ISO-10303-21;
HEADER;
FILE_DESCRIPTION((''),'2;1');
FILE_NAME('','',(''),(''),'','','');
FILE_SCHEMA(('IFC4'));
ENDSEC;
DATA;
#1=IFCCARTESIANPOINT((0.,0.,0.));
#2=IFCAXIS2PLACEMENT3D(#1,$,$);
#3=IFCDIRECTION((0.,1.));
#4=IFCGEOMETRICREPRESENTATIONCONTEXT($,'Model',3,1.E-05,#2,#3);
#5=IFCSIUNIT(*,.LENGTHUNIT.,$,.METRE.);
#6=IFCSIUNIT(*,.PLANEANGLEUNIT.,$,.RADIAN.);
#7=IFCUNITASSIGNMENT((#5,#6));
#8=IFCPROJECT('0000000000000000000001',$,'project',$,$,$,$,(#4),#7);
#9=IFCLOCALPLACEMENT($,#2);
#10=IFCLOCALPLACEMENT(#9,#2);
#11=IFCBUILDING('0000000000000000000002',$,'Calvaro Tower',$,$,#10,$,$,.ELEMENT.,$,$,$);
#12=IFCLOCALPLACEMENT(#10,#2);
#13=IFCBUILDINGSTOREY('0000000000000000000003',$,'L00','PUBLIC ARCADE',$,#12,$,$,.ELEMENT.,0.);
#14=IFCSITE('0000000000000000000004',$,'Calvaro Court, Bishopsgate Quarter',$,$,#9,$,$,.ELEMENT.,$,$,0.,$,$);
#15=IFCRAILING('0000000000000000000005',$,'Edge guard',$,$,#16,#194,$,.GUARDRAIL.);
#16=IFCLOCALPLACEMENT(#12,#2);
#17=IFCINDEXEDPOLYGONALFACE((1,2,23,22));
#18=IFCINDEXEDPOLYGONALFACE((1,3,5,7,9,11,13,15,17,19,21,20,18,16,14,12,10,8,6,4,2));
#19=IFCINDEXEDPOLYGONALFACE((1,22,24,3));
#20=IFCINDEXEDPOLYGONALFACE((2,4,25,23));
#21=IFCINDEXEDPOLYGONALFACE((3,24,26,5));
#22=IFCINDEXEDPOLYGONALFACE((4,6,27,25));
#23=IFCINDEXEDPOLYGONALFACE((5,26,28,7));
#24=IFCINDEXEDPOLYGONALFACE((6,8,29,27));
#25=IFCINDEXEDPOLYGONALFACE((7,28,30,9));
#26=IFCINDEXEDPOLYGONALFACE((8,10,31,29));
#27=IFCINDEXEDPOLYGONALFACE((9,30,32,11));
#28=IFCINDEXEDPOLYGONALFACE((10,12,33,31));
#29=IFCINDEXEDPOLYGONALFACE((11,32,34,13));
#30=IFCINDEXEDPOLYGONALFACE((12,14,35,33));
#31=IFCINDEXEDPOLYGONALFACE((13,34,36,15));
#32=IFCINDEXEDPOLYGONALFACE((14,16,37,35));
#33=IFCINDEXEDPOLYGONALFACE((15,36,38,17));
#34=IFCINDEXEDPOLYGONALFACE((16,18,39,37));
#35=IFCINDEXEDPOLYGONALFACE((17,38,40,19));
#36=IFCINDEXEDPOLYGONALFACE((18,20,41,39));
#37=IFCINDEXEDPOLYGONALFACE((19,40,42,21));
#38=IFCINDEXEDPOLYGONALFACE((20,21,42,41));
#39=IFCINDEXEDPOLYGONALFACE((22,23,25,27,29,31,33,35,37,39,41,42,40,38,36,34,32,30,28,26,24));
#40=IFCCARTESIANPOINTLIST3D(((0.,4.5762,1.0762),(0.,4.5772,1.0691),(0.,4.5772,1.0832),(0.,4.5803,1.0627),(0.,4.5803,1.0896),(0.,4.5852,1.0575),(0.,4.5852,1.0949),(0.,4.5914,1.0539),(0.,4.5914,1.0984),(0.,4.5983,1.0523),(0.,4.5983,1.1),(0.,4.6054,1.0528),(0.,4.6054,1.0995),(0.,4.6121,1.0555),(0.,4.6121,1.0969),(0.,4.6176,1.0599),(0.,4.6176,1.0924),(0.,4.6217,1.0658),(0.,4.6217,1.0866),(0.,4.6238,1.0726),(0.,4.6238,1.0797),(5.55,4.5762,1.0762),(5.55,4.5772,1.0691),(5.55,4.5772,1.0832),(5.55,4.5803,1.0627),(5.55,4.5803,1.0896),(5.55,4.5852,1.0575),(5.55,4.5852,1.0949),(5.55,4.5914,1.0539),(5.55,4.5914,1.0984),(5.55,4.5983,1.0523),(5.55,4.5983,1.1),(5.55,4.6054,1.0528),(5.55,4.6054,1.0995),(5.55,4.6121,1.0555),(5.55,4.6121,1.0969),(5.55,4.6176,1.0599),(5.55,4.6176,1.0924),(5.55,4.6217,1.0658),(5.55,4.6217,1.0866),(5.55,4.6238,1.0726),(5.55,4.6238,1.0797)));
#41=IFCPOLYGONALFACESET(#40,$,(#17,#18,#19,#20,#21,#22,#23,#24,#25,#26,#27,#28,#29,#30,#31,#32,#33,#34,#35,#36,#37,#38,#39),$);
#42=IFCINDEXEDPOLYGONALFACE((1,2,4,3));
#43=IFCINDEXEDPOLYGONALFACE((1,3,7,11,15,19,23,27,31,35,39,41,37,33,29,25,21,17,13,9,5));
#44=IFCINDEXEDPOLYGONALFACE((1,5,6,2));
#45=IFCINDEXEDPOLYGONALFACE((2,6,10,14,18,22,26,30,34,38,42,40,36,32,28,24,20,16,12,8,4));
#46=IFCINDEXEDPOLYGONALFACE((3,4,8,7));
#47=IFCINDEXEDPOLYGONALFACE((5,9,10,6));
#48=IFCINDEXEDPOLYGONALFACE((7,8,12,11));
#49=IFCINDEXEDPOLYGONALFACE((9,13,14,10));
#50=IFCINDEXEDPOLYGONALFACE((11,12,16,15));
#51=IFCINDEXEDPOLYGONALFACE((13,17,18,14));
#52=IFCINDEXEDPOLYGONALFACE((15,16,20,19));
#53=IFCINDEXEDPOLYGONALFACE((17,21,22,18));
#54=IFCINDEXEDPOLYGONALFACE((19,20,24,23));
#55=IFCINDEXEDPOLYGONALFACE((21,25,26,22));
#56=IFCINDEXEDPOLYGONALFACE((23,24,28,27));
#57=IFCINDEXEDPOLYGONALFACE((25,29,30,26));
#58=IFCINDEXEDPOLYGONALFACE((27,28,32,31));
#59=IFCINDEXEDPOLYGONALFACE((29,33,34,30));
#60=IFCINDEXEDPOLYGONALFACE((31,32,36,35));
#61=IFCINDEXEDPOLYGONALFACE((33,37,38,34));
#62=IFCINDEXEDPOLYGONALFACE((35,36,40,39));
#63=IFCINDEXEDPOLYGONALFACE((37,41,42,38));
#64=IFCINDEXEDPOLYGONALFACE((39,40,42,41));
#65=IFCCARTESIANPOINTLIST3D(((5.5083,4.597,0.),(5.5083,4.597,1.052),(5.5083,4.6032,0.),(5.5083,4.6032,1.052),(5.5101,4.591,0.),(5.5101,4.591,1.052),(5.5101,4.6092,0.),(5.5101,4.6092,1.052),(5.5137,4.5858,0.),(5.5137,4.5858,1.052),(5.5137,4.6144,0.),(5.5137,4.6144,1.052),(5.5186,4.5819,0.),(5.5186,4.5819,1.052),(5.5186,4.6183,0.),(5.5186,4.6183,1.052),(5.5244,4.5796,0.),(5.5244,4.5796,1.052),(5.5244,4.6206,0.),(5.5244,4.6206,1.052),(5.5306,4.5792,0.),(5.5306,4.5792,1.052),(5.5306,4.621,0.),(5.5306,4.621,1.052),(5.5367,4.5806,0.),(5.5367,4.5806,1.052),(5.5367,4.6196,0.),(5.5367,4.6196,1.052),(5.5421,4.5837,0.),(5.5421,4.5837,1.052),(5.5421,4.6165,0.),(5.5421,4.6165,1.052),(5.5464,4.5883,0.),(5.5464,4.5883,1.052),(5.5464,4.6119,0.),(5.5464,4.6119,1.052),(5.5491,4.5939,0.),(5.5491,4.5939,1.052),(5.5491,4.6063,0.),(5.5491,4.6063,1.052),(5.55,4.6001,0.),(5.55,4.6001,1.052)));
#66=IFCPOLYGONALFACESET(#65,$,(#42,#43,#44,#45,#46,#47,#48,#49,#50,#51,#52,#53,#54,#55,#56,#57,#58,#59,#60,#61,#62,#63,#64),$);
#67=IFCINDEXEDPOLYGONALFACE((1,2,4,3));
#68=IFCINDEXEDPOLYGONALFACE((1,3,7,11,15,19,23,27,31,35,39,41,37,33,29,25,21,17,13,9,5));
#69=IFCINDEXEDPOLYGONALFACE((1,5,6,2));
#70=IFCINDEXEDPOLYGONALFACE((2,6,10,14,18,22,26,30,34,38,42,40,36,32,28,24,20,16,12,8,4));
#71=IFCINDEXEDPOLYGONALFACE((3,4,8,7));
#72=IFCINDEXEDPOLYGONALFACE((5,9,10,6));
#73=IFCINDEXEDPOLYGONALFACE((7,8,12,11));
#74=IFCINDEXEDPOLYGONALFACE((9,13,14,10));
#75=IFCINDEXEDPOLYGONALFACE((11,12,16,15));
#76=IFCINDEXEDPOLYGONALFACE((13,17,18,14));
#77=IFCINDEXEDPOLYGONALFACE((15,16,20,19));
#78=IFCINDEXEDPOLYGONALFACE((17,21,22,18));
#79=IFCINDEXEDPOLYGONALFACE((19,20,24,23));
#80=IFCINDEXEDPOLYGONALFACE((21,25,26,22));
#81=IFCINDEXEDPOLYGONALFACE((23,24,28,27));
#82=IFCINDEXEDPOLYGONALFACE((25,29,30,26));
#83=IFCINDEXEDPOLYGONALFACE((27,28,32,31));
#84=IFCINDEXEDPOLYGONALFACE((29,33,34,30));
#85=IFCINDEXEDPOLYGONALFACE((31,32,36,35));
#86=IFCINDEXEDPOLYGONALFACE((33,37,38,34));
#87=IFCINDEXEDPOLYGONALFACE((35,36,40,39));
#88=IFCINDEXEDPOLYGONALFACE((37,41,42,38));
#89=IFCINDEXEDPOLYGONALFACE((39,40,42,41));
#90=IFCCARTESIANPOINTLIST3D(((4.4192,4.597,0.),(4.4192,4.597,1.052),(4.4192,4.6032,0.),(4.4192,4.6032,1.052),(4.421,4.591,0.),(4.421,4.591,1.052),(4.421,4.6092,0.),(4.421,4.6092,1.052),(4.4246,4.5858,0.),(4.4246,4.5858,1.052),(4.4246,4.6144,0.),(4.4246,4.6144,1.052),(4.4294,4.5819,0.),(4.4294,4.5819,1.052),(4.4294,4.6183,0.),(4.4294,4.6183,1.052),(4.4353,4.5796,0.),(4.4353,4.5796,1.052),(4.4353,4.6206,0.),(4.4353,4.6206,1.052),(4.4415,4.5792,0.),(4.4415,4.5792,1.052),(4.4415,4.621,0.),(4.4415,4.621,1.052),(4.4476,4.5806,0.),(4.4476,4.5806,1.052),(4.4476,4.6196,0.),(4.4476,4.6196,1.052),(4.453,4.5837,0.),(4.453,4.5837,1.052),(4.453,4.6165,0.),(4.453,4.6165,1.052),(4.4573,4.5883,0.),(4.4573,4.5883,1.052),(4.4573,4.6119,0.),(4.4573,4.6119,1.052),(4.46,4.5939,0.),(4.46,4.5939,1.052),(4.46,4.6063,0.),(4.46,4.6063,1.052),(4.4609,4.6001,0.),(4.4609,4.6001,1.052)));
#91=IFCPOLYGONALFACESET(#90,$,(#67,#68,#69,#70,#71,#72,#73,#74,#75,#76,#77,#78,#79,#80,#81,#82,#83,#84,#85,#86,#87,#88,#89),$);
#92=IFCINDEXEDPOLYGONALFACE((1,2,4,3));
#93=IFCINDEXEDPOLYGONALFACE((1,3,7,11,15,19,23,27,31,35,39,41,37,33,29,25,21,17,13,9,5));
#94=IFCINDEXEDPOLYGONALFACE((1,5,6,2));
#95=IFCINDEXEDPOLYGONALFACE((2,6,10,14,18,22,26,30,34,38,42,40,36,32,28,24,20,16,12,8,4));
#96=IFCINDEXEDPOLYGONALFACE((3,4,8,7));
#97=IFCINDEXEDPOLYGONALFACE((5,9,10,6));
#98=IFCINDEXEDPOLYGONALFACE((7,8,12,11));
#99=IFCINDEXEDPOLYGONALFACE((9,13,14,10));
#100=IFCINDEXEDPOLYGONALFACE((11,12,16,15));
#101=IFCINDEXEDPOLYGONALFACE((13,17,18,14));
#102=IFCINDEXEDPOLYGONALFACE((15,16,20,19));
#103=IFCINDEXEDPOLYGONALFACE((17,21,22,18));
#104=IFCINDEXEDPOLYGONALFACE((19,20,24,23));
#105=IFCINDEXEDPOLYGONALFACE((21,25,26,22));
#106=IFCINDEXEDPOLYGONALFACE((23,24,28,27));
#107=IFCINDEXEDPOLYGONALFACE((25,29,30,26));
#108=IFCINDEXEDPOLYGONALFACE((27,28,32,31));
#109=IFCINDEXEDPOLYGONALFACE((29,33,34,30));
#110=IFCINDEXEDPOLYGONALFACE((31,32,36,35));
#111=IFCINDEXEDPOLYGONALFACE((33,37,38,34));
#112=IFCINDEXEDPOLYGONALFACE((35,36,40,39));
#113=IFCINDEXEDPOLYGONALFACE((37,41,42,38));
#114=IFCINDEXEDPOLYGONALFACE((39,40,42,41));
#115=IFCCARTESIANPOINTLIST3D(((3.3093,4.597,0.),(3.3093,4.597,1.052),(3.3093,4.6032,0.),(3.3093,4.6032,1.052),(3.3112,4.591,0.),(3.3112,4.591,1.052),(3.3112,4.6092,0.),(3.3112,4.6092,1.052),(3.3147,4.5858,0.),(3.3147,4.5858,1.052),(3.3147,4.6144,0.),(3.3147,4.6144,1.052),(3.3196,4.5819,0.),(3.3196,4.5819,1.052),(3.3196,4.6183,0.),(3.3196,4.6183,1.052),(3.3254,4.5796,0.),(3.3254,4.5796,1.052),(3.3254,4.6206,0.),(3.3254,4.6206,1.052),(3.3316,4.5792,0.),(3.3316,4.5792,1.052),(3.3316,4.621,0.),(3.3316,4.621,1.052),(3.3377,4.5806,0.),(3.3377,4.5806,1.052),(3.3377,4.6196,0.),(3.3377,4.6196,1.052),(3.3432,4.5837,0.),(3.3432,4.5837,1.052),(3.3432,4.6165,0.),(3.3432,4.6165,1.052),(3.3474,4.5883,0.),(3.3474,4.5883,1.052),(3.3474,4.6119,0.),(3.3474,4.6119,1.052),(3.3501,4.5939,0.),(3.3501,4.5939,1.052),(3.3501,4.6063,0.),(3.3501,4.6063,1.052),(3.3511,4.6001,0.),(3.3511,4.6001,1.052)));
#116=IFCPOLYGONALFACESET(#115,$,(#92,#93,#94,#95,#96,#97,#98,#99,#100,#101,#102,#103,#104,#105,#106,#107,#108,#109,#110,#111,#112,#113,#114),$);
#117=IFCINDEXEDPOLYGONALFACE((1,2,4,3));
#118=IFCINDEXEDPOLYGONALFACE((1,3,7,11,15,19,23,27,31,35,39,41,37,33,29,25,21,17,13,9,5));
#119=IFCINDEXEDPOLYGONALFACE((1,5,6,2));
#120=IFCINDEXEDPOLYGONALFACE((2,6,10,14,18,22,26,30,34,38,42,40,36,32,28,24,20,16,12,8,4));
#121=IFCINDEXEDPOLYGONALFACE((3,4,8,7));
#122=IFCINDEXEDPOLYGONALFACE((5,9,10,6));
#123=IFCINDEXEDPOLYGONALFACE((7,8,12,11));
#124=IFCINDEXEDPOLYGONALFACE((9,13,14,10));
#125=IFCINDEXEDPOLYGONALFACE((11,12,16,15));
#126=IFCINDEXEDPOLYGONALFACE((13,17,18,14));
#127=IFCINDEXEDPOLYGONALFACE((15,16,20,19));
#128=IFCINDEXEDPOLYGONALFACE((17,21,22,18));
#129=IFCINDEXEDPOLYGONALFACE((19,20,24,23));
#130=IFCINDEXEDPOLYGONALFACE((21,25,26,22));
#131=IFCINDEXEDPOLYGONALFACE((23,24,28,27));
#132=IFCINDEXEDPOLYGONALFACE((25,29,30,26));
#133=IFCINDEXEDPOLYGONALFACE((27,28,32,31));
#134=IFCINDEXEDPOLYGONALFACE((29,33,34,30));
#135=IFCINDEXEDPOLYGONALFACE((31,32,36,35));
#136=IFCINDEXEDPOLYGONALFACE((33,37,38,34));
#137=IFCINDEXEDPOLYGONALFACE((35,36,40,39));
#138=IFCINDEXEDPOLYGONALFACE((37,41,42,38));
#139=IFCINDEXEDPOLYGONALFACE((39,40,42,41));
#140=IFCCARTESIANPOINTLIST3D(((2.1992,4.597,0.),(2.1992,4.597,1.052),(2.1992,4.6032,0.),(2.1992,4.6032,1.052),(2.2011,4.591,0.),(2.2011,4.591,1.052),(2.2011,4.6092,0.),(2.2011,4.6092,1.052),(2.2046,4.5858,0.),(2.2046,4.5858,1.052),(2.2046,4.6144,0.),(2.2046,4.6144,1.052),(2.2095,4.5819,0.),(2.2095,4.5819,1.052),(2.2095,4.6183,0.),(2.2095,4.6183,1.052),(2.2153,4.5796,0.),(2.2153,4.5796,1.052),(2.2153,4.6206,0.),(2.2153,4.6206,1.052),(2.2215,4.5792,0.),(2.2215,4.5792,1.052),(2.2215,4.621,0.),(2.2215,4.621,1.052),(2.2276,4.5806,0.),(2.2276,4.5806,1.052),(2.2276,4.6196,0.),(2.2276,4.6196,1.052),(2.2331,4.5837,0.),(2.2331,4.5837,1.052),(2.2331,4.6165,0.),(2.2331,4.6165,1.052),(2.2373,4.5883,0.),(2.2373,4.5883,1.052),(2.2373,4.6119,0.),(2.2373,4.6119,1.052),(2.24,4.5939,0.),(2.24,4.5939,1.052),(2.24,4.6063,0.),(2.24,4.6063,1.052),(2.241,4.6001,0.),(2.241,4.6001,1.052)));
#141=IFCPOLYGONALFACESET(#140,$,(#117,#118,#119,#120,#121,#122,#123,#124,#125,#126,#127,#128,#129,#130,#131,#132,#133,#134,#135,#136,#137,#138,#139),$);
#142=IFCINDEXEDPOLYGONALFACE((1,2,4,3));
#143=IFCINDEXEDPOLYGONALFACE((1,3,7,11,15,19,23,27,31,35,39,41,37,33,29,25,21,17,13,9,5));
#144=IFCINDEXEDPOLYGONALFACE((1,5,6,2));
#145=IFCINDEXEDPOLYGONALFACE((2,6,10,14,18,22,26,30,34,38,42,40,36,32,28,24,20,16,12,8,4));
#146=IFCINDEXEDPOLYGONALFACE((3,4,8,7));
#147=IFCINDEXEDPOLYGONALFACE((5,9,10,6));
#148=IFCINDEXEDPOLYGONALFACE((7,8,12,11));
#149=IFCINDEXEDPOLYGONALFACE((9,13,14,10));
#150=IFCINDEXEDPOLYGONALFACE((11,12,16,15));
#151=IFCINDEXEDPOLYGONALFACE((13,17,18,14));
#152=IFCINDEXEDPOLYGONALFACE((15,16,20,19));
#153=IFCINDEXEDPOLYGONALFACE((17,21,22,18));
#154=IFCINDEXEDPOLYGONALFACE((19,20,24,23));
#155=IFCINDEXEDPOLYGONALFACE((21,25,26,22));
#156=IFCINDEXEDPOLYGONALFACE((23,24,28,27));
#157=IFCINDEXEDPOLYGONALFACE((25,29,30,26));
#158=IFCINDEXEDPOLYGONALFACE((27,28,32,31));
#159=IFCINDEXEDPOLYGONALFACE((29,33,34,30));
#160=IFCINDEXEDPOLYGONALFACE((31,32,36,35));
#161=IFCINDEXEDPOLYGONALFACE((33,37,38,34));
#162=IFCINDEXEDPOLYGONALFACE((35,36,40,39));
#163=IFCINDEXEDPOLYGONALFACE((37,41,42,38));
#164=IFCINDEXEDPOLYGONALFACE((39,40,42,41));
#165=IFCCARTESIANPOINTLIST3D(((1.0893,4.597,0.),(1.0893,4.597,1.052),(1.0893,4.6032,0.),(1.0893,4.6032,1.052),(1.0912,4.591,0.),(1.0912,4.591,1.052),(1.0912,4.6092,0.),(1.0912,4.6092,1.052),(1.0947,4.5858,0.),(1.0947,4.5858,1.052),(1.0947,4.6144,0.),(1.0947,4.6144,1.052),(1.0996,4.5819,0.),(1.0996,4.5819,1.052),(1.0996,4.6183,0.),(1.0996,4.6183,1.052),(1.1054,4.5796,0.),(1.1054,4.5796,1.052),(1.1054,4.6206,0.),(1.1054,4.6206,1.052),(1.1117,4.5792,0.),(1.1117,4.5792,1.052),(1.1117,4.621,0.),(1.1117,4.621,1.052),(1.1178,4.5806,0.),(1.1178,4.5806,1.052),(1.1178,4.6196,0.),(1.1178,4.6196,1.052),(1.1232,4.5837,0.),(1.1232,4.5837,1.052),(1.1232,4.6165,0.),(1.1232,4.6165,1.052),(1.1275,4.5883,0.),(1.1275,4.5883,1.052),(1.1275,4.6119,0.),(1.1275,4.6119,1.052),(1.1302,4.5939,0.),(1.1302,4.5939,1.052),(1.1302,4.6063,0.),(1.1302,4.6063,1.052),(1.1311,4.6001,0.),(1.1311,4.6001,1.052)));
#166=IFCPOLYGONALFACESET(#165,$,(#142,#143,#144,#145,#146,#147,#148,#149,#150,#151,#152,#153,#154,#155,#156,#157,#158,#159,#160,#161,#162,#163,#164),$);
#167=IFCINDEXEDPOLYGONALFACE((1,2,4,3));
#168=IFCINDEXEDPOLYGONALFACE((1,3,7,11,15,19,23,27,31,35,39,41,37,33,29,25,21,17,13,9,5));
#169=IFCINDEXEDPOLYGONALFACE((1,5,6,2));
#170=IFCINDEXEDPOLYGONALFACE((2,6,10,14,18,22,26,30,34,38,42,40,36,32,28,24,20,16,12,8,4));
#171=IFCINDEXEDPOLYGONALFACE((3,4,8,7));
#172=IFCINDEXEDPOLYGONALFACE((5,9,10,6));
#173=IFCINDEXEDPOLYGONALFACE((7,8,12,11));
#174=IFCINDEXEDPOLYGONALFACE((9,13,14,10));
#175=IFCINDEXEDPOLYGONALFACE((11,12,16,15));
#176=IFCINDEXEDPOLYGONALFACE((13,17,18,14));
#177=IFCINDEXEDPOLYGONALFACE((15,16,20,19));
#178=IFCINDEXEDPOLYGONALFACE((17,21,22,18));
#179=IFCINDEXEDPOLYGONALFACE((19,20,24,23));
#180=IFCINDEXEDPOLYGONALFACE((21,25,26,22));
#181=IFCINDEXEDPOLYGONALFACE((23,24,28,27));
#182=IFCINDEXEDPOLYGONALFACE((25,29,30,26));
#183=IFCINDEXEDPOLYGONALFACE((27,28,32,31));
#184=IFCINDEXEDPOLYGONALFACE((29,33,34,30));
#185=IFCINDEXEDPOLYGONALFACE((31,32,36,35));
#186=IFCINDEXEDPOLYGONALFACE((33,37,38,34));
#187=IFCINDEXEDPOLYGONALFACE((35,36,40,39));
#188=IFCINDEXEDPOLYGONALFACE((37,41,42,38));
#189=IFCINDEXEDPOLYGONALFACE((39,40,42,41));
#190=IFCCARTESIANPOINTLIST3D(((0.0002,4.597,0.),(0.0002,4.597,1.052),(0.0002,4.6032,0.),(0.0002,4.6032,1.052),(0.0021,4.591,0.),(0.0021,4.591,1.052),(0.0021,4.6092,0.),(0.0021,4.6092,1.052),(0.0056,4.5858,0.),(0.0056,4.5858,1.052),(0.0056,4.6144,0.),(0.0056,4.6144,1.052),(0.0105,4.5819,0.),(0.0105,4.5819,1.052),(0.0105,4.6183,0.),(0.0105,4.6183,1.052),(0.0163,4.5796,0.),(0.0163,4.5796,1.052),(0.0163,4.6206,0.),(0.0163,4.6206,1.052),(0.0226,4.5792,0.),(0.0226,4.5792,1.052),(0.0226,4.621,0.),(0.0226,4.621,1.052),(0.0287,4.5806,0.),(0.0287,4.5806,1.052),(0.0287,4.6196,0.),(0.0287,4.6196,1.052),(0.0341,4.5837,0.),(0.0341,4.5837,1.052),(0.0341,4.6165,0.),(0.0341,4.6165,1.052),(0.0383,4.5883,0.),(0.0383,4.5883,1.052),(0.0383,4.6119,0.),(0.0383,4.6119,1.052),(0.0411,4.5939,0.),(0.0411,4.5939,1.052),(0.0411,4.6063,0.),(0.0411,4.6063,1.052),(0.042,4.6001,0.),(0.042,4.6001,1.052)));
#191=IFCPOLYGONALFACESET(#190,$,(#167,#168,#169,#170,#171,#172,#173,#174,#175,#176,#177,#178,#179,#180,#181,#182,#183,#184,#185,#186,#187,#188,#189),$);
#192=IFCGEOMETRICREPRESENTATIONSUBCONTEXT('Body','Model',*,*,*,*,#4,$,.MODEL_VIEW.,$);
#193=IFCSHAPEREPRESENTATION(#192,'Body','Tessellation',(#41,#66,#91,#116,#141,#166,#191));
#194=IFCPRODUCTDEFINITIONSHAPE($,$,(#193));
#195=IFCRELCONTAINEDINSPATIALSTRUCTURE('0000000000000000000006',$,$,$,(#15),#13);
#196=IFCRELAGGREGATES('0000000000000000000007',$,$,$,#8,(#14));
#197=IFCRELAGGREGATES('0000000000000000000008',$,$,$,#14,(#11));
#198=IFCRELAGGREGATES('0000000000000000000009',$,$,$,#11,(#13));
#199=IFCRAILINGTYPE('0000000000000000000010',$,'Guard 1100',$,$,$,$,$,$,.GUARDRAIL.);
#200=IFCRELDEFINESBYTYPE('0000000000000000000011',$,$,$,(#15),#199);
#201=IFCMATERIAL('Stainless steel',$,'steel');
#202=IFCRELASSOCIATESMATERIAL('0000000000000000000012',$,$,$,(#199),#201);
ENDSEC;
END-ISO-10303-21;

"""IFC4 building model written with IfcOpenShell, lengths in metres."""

from ifc_helpers import new_model, si_unit, direction, frame, origin, origin_2d, place, context, subcontext, project, spatial, circle, extrude, material, type_object, element, save


model = new_model("IFC4")

# Units and contexts
model_context = context("Model", 3, precision=1e-05, world=origin(), true_north=direction((0.0, 1.0)))
body_context = subcontext(model_context, "Body", "Model", "MODEL_VIEW")
ifc_project = project(units=[si_unit("LENGTHUNIT", "METRE"), si_unit("PLANEANGLEUNIT", "RADIAN")], contexts=[model_context])

# Site, building, storey
site_placement = place(None, origin())
site = spatial("IfcSite", under=ifc_project, at=site_placement, Name="Calvaro Court, Bishopsgate Quarter", CompositionType="ELEMENT", RefElevation=0.0)
building_placement = place(site_placement, origin())
building = spatial("IfcBuilding", under=site, at=building_placement, Name="Calvaro Tower", CompositionType="ELEMENT")
storey_placement = place(building_placement, origin())
storey = spatial("IfcBuildingStorey", under=building, at=storey_placement, Name="L00", Description="PUBLIC ARCADE", CompositionType="ELEMENT", Elevation=0.0)

# Railing
ifc_material_1 = material(Name="Stainless steel", Category="steel")
railing_type = type_object("IfcRailingType", Name="Guard 1100", PredefinedType="GUARDRAIL", material=ifc_material_1)
railing_1_placement = place(storey_placement, frame((5.55, 4.6001, 0.0)))
element("IfcRailing", 1, at=railing_1_placement, inside=storey, type_object=railing_type, Name="Edge guard", PredefinedType="GUARDRAIL", context=body_context, shape_type="SweptSolid", body=[
    extrude(circle(Radius=0.0239, at=origin_2d()), frame((0.0, 0.0, 1.0762), z_axis=(-1.0, 0.0, 0.0), x_axis=(0.0, -1.0, 0.0)), (0.0, 0.0, 1.0), 5.55),
    extrude(circle(Radius=0.021, at=origin_2d()), frame((-0.021, 0.0, 0.0)), (0.0, 0.0, 1.0), 1.052),
    extrude(circle(Radius=0.021, at=origin_2d()), frame((-1.1101, 0.0, 0.0)), (0.0, 0.0, 1.0), 1.052),
    extrude(circle(Radius=0.021, at=origin_2d()), frame((-2.22, 0.0, 0.0)), (0.0, 0.0, 1.0), 1.052),
    extrude(circle(Radius=0.021, at=origin_2d()), frame((-3.3301, 0.0, 0.0)), (0.0, 0.0, 1.0), 1.052),
    extrude(circle(Radius=0.021, at=origin_2d()), frame((-4.4399, 0.0, 0.0)), (0.0, 0.0, 1.0), 1.052),
    extrude(circle(Radius=0.021, at=origin_2d()), frame((-5.5291, 0.0, 0.0)), (0.0, 0.0, 1.0), 1.052),
])

save(model, "model.ifc")
